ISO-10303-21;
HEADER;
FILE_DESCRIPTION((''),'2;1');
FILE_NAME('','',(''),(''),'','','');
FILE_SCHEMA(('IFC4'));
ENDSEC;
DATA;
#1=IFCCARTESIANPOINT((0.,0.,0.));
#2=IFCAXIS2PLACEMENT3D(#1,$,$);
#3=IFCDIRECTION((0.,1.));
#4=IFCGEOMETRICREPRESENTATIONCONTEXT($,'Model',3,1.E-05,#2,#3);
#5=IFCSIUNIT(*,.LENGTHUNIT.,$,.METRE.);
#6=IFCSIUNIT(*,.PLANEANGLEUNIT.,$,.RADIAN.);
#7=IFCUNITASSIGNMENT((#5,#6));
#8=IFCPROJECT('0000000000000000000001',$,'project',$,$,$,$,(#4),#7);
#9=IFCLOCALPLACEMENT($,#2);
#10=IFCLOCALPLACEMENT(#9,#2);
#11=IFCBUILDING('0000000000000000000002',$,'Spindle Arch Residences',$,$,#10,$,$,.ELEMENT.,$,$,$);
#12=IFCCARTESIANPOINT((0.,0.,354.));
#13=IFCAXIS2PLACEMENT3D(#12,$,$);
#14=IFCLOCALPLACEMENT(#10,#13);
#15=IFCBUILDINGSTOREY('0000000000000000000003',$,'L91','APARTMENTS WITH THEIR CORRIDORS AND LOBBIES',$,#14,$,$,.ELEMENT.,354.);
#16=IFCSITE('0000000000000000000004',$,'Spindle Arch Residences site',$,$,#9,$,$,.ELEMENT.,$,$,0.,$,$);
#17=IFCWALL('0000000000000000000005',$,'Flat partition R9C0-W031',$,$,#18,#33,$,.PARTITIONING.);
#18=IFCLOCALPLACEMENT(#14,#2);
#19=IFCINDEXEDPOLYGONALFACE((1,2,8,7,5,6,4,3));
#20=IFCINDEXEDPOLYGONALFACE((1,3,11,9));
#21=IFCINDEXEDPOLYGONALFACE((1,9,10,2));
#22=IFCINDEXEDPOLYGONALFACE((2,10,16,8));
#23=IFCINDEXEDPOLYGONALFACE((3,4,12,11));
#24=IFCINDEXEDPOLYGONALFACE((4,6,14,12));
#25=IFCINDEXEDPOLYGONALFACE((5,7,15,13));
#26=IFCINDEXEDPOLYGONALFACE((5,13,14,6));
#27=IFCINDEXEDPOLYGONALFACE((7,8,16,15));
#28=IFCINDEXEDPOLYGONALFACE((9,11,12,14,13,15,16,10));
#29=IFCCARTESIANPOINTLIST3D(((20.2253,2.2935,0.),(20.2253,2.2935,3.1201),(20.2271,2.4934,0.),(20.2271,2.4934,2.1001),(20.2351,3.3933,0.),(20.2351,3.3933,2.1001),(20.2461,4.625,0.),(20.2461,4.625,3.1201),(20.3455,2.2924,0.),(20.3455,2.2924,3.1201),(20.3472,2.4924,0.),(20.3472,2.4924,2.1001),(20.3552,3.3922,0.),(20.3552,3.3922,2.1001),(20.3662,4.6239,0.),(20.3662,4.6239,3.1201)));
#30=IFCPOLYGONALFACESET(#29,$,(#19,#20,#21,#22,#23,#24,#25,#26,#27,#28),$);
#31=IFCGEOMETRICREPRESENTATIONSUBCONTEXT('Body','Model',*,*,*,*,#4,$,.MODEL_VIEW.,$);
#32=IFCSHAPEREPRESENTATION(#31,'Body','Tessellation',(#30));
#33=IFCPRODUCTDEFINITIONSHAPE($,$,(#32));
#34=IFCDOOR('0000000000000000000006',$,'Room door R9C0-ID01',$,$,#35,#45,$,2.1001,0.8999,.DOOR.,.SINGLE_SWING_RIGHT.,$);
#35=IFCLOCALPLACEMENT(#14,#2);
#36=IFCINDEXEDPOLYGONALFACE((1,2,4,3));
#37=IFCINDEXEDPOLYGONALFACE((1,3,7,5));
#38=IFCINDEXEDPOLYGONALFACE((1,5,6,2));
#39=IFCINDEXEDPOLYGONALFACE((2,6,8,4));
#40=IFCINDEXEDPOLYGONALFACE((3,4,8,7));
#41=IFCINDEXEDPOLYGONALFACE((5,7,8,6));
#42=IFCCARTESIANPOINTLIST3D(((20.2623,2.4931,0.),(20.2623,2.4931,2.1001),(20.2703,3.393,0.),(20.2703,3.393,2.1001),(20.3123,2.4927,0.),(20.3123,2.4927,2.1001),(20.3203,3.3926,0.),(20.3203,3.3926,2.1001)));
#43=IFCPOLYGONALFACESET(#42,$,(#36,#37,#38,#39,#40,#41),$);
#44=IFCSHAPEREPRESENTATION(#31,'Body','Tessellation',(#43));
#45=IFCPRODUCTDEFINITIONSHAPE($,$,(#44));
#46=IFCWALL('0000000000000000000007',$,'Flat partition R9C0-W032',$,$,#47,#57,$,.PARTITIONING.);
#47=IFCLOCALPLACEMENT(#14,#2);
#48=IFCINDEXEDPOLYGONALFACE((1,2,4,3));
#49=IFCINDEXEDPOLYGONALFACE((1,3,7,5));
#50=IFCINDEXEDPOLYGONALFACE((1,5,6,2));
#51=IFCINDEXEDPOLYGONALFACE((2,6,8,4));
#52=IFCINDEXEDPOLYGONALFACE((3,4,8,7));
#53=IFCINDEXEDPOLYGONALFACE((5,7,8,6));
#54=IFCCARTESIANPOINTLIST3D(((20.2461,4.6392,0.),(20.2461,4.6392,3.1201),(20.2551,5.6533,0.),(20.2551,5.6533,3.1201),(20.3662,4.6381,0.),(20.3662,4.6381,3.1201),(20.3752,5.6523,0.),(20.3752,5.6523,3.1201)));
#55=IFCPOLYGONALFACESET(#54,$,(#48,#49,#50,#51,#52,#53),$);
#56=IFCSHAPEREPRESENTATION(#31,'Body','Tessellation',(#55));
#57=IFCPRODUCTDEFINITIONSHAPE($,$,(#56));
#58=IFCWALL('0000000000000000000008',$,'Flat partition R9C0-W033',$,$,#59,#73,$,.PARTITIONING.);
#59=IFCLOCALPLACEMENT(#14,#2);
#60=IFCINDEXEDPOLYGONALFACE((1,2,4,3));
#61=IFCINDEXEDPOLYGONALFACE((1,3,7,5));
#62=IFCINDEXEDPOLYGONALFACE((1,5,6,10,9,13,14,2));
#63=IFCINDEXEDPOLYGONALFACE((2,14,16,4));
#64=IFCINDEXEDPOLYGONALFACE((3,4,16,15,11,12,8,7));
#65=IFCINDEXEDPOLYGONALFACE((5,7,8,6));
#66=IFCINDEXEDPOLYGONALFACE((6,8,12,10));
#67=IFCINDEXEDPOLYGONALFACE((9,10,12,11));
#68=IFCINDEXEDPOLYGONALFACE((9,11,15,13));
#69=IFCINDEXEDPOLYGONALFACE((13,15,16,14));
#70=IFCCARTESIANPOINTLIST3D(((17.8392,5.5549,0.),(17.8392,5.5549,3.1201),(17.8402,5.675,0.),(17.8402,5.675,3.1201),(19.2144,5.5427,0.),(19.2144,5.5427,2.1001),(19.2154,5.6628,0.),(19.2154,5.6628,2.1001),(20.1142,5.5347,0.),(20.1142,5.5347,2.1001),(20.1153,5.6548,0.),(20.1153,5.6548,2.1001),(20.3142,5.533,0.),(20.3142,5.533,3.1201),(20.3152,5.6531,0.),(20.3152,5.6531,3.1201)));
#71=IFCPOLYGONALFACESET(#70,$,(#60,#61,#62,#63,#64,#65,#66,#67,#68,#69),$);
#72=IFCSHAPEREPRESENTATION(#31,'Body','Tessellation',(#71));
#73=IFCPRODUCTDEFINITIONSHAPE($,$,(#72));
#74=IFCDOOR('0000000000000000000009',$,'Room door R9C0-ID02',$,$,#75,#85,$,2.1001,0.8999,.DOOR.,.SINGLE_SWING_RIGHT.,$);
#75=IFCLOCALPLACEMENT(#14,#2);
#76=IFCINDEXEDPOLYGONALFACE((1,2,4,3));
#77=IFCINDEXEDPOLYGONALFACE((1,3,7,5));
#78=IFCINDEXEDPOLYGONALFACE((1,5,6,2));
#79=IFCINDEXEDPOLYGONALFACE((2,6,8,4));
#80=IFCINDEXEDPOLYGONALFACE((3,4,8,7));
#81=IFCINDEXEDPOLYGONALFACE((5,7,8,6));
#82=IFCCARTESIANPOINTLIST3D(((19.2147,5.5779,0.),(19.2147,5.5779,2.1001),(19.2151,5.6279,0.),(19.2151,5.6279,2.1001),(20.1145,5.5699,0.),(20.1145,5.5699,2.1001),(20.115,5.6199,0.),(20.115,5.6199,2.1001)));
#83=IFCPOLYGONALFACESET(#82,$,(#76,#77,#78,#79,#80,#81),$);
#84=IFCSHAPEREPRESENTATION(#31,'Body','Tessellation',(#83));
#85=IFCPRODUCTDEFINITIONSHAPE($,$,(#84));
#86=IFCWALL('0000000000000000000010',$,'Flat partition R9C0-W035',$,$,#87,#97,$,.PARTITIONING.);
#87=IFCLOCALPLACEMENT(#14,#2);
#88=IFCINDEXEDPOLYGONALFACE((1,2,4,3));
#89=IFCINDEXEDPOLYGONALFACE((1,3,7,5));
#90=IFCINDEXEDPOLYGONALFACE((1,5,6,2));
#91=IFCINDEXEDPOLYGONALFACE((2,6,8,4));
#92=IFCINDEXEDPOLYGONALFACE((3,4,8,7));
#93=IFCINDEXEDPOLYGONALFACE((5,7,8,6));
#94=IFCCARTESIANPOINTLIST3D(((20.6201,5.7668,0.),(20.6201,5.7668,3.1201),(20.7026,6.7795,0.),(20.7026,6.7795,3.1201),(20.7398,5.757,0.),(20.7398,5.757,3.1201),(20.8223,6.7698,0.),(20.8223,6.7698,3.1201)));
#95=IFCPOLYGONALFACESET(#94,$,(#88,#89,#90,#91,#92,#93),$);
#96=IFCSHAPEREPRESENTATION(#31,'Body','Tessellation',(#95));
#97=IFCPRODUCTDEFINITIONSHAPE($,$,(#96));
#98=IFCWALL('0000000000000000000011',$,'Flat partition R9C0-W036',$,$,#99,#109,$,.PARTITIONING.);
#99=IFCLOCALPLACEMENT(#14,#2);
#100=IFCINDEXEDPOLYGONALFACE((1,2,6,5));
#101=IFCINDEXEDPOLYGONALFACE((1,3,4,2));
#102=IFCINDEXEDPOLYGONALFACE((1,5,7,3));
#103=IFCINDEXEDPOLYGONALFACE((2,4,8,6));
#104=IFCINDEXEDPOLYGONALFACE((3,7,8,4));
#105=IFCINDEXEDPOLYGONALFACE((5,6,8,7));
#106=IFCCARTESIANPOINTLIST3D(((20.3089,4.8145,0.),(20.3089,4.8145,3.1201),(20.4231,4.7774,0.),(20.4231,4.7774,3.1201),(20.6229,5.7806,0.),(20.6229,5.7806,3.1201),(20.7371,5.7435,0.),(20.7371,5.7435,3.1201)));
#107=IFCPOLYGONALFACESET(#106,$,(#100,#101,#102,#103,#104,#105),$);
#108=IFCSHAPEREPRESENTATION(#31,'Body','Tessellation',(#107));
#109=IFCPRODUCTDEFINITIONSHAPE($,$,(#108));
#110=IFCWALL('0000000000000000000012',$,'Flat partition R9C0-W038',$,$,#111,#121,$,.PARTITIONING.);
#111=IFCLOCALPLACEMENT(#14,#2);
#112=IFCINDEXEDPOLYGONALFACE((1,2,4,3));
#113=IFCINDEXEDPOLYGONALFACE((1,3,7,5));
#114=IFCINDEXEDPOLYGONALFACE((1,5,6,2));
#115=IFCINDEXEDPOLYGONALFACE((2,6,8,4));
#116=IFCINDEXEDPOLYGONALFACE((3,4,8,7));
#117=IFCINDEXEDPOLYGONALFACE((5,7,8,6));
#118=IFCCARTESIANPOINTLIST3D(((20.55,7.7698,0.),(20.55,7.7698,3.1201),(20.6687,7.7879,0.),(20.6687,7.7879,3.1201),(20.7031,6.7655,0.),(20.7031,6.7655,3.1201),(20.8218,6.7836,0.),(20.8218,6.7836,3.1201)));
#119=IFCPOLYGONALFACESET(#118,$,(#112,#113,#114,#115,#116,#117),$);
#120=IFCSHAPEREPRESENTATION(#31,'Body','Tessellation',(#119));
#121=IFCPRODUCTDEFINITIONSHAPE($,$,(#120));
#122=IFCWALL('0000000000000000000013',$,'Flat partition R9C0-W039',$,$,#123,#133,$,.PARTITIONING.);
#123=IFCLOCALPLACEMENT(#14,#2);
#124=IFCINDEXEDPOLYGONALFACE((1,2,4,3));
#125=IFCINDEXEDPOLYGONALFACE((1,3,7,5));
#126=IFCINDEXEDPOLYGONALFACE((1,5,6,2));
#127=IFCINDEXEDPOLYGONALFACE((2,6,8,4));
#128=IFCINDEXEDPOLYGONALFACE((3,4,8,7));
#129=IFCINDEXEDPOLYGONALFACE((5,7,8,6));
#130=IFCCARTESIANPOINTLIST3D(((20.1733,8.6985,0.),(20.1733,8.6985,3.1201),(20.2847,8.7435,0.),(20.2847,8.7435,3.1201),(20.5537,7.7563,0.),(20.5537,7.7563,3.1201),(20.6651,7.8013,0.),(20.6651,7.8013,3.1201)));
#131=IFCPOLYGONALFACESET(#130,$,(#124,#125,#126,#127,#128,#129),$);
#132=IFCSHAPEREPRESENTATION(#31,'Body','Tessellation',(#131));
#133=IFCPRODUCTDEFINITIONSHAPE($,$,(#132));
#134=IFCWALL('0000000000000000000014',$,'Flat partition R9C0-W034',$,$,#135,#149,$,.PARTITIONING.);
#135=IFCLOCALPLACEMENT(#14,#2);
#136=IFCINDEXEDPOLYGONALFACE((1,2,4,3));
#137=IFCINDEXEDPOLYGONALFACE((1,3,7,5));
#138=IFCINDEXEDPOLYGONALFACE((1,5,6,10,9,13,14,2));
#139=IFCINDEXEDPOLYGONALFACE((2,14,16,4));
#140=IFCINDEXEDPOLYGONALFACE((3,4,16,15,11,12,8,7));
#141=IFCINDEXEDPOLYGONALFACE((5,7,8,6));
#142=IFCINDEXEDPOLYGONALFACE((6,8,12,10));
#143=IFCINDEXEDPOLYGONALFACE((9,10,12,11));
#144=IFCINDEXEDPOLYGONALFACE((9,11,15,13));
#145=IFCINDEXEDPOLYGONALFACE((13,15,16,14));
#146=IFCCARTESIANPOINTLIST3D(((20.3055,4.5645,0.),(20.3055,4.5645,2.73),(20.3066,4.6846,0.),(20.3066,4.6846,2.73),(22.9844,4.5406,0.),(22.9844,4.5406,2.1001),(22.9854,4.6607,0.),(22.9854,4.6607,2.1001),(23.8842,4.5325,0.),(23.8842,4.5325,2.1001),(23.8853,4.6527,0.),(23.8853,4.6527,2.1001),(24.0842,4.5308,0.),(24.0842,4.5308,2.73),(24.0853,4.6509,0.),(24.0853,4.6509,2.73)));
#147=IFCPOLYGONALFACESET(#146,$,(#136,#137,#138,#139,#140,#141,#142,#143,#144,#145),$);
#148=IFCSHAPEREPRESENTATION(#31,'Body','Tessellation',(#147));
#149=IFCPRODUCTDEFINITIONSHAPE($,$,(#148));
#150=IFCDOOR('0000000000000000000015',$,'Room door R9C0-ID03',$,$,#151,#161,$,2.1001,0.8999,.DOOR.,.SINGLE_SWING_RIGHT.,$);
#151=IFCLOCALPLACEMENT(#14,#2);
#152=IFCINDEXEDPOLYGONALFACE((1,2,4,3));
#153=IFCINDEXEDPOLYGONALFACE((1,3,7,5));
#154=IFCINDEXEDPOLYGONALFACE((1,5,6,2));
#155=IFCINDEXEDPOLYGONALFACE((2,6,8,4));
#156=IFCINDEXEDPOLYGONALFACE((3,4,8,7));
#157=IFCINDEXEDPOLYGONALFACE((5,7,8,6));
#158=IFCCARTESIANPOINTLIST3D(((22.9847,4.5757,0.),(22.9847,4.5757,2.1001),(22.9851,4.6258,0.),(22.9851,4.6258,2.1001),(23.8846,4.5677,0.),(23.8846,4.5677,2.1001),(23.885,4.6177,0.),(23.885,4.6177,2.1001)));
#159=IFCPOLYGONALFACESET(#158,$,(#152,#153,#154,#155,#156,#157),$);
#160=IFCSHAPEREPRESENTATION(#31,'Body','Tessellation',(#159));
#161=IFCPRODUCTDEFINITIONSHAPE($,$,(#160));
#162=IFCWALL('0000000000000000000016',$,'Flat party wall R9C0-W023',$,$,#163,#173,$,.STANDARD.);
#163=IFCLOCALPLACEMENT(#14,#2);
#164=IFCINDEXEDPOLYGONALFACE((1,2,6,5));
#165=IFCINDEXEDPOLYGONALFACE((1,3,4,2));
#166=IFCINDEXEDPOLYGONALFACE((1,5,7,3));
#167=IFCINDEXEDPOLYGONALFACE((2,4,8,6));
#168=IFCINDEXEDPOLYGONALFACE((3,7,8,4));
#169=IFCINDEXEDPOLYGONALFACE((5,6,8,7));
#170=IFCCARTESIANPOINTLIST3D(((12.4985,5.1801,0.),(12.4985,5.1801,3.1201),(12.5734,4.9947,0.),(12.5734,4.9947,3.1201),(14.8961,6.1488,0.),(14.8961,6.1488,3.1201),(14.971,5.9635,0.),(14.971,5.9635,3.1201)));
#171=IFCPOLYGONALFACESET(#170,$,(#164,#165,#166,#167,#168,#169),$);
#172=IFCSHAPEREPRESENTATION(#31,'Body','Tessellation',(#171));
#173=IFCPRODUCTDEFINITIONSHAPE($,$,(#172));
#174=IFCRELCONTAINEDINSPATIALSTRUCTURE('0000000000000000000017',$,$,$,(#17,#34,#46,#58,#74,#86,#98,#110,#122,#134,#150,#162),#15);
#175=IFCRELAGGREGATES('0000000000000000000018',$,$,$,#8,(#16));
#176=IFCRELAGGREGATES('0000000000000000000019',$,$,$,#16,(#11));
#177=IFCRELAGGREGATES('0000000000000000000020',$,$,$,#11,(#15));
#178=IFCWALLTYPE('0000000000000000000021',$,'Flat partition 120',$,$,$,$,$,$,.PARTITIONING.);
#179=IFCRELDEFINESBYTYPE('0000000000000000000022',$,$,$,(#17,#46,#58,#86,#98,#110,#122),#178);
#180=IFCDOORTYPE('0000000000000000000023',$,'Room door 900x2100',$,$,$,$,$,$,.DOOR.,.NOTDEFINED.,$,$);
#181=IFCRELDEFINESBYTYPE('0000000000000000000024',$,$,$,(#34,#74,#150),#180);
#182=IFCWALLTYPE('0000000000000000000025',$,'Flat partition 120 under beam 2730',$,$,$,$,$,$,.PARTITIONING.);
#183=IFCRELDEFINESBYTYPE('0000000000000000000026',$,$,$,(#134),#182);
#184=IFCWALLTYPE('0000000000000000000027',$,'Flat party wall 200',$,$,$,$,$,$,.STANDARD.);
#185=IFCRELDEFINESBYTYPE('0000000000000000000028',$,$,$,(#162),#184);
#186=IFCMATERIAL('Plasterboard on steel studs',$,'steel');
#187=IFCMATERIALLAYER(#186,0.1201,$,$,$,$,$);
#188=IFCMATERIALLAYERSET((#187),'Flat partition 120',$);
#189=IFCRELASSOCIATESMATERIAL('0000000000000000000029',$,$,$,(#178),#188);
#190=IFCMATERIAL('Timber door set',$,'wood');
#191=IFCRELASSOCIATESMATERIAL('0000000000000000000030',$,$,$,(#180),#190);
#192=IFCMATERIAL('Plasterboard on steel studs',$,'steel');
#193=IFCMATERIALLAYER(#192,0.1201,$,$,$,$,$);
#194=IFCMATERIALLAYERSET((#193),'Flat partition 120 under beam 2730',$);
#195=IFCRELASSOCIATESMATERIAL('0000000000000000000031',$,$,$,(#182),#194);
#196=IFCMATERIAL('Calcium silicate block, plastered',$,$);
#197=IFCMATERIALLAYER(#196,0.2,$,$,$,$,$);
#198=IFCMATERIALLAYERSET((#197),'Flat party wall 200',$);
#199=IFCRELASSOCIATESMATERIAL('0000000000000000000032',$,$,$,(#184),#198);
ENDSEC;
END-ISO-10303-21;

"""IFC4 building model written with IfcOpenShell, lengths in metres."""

from ifc_helpers import new_model, si_unit, direction, frame, frame_2d, origin, place, context, subcontext, project, spatial, rectangle, extrude, material, layer, layer_set, type_object, element, fill, save


model = new_model("IFC4")

# Units and contexts
model_context = context("Model", 3, precision=1e-05, world=origin(), true_north=direction((0.0, 1.0)))
body_context = subcontext(model_context, "Body", "Model", "MODEL_VIEW")
ifc_project = project(units=[si_unit("LENGTHUNIT", "METRE"), si_unit("PLANEANGLEUNIT", "RADIAN")], contexts=[model_context])

# Site, building, storey
site_placement = place(None, origin())
site = spatial("IfcSite", under=ifc_project, at=site_placement, Name="Spindle Arch Residences site", CompositionType="ELEMENT", RefElevation=0.0)
building_placement = place(site_placement, origin())
building = spatial("IfcBuilding", under=site, at=building_placement, Name="Spindle Arch Residences", CompositionType="ELEMENT")
storey_placement = place(building_placement, frame((0.0, 0.0, 354.0)))
storey = spatial("IfcBuildingStorey", under=building, at=storey_placement, Name="L91", Description="APARTMENTS WITH THEIR CORRIDORS AND LOBBIES", CompositionType="ELEMENT", Elevation=354.0)

# Shared definitions
ifc_material_1 = material(Name="Plasterboard on steel studs", Category="steel")
ifc_layer_1 = layer(ifc_material_1, 0.1201)
ifc_layer_set_1 = layer_set([ifc_layer_1], Name="Flat partition 120")
wall_type_1 = type_object("IfcWallType", Name="Flat partition 120", PredefinedType="PARTITIONING", material=ifc_layer_set_1)

# Wall, opening, door
wall_1_placement = place(storey_placement, frame((20.2854, 2.293, 0.0), z_axis=(0.0, 0.0, 1.0), x_axis=(0.0089, 0.99996, 0.0)))
wall_1 = element("IfcWall", 1, at=wall_1_placement, inside=storey, type_object=wall_type_1, Name="Flat partition R9C0-W031", PredefinedType="PARTITIONING", context=body_context, shape_type="SweptSolid", body=[
    extrude(rectangle(XDim=2.3315, YDim=0.1201, at=frame_2d((1.1658, 0.0))), origin(), (0.0, 0.0, 1.0), 3.1201),
])
opening_1_placement = place(wall_1_placement, frame((0.2, 0.0, 0.0)))
opening_1 = element("IfcOpeningElement", 2, at=opening_1_placement, cuts=wall_1, PredefinedType="OPENING", context=body_context, shape_type="SweptSolid", body=[
    extrude(rectangle(XDim=0.8999, YDim=2.1001, at=frame_2d((0.45, 1.05))), frame((0.0, 0.0701, 0.0), z_axis=(0.0, -1.0, 0.0), x_axis=(1.0, 0.0, 0.0)), (0.0, 0.0, 1.0), 0.1401),
])
ifc_material_2 = material(Name="Timber door set", Category="wood")
door_type = type_object("IfcDoorType", Name="Room door 900x2100", OperationType="NOTDEFINED", PredefinedType="DOOR", material=ifc_material_2)
door_1_placement = place(opening_1_placement, origin())
door_1 = element("IfcDoor", 3, at=door_1_placement, inside=storey, type_object=door_type, Name="Room door R9C0-ID01", OperationType="SINGLE_SWING_RIGHT", OverallHeight=2.1001, OverallWidth=0.8999, PredefinedType="DOOR", context=body_context, shape_type="SweptSolid", body=[
    extrude(rectangle(XDim=0.8999, YDim=2.1001, at=frame_2d((0.45, 1.05))), frame((0.0, 0.0249, 0.0), z_axis=(0.0, -1.0, 0.0), x_axis=(1.0, 0.0, 0.0)), (0.0, 0.0, 1.0), 0.05),
])
fill(opening_1, door_1)

# Wall
wall_2_placement = place(storey_placement, frame((20.3062, 4.6387, 0.0), z_axis=(0.0, 0.0, 1.0), x_axis=(0.008907, 0.99996, 0.0)))
element("IfcWall", 4, at=wall_2_placement, inside=storey, type_object=wall_type_1, Name="Flat partition R9C0-W032", PredefinedType="PARTITIONING", context=body_context, shape_type="SweptSolid", body=[
    extrude(rectangle(XDim=1.0142, YDim=0.1201, at=frame_2d((0.5071, 0.0))), origin(), (0.0, 0.0, 1.0), 3.1201),
])

# Wall, opening, door
wall_3_placement = place(storey_placement, frame((20.3147, 5.593, 0.0), z_axis=(0.0, 0.0, 1.0), x_axis=(-0.999961, 0.008877, 0.0)))
wall_3 = element("IfcWall", 5, at=wall_3_placement, inside=storey, type_object=wall_type_1, Name="Flat partition R9C0-W033", PredefinedType="PARTITIONING", context=body_context, shape_type="SweptSolid", body=[
    extrude(rectangle(XDim=2.4751, YDim=0.1201, at=frame_2d((1.2375, 0.0))), origin(), (0.0, 0.0, 1.0), 3.1201),
])
opening_2_placement = place(wall_3_placement, frame((0.2, 0.0, 0.0)))
opening_2 = element("IfcOpeningElement", 6, at=opening_2_placement, cuts=wall_3, PredefinedType="OPENING", context=body_context, shape_type="SweptSolid", body=[
    extrude(rectangle(XDim=0.8999, YDim=2.1001, at=frame_2d((0.45, 1.05))), frame((0.0, 0.0701, 0.0), z_axis=(0.0, -1.0, 0.0), x_axis=(1.0, 0.0, 0.0)), (0.0, 0.0, 1.0), 0.1401),
])
door_2_placement = place(opening_2_placement, origin())
door_2 = element("IfcDoor", 7, at=door_2_placement, inside=storey, type_object=door_type, Name="Room door R9C0-ID02", OperationType="SINGLE_SWING_RIGHT", OverallHeight=2.1001, OverallWidth=0.8999, PredefinedType="DOOR", context=body_context, shape_type="SweptSolid", body=[
    extrude(rectangle(XDim=0.8999, YDim=2.1001, at=frame_2d((0.45, 1.05))), frame((0.0, 0.0249, 0.0), z_axis=(0.0, -1.0, 0.0), x_axis=(1.0, 0.0, 0.0)), (0.0, 0.0, 1.0), 0.05),
])
fill(opening_2, door_2)

# Walls
wall_4_placement = place(storey_placement, frame((20.7625, 6.7747, 0.0), z_axis=(0.0, 0.0, 1.0), x_axis=(-0.081216, -0.996697, 0.0)))
element("IfcWall", 8, at=wall_4_placement, inside=storey, type_object=wall_type_1, Name="Flat partition R9C0-W035", PredefinedType="PARTITIONING", context=body_context, shape_type="SweptSolid", body=[
    extrude(rectangle(XDim=1.0161, YDim=0.1201, at=frame_2d((0.5081, 0.0))), origin(), (0.0, 0.0, 1.0), 3.1201),
])
for number, where, z_axis, x_axis, name in (
    (9, (20.6799, 5.762, 0.0), (0.0, 0.0, 1.0), (-0.309081, -0.951036, 0.0), "Flat partition R9C0-W036"),
    (10, (20.7625, 6.7747, 0.0), (0.0, 0.0, 1.0), (-0.150702, 0.988579, 0.0), "Flat partition R9C0-W038"),
):
    element("IfcWall", number, at=place(storey_placement, frame(where, z_axis=z_axis, x_axis=x_axis)), inside=storey, type_object=wall_type_1, Name=name, PredefinedType="PARTITIONING", context=body_context, shape_type="SweptSolid", body=[
        extrude(rectangle(XDim=1.0159, YDim=0.1201, at=frame_2d((0.5078, 0.0))), origin(), (0.0, 0.0, 1.0), 3.1201),
    ])
wall_5_placement = place(storey_placement, frame((20.6094, 7.7788, 0.0), z_axis=(0.0, 0.0, 1.0), x_axis=(-0.374372, 0.927279, 0.0)))
element("IfcWall", 11, at=wall_5_placement, inside=storey, type_object=wall_type_1, Name="Flat partition R9C0-W039", PredefinedType="PARTITIONING", context=body_context, shape_type="SweptSolid", body=[
    extrude(rectangle(XDim=1.0161, YDim=0.1201, at=frame_2d((0.5081, 0.0))), origin(), (0.0, 0.0, 1.0), 3.1201),
])

# Wall, opening, door
ifc_material_3 = material(Name="Plasterboard on steel studs", Category="steel")
ifc_layer_2 = layer(ifc_material_3, 0.1201)
ifc_layer_set_2 = layer_set([ifc_layer_2], Name="Flat partition 120 under beam 2730")
wall_type_2 = type_object("IfcWallType", Name="Flat partition 120 under beam 2730", PredefinedType="PARTITIONING", material=ifc_layer_set_2)
wall_6_placement = place(storey_placement, frame((24.0847, 4.5908, 0.0), z_axis=(0.0, 0.0, 1.0), x_axis=(-0.99996, 0.008916, 0.0)))
wall_6 = element("IfcWall", 12, at=wall_6_placement, inside=storey, type_object=wall_type_2, Name="Flat partition R9C0-W034", PredefinedType="PARTITIONING", context=body_context, shape_type="SweptSolid", body=[
    extrude(rectangle(XDim=3.7788, YDim=0.1201, at=frame_2d((1.8894, 0.0))), origin(), (0.0, 0.0, 1.0), 2.73),
])
opening_3_placement = place(wall_6_placement, frame((0.2, 0.0, 0.0)))
opening_3 = element("IfcOpeningElement", 13, at=opening_3_placement, cuts=wall_6, PredefinedType="OPENING", context=body_context, shape_type="SweptSolid", body=[
    extrude(rectangle(XDim=0.8999, YDim=2.1001, at=frame_2d((0.45, 1.05))), frame((0.0, 0.0701, 0.0), z_axis=(0.0, -1.0, 0.0), x_axis=(1.0, 0.0, 0.0)), (0.0, 0.0, 1.0), 0.1401),
])
door_3_placement = place(opening_3_placement, origin())
door_3 = element("IfcDoor", 14, at=door_3_placement, inside=storey, type_object=door_type, Name="Room door R9C0-ID03", OperationType="SINGLE_SWING_RIGHT", OverallHeight=2.1001, OverallWidth=0.8999, PredefinedType="DOOR", context=body_context, shape_type="SweptSolid", body=[
    extrude(rectangle(XDim=0.8999, YDim=2.1001, at=frame_2d((0.45, 1.05))), frame((0.0, 0.0249, 0.0), z_axis=(0.0, -1.0, 0.0), x_axis=(1.0, 0.0, 0.0)), (0.0, 0.0, 1.0), 0.05),
])
fill(opening_3, door_3)

# Wall
ifc_material_4 = material(Name="Calcium silicate block, plastered")
ifc_layer_3 = layer(ifc_material_4, 0.2)
ifc_layer_set_3 = layer_set([ifc_layer_3], Name="Flat party wall 200")
wall_type_3 = type_object("IfcWallType", Name="Flat party wall 200", PredefinedType="STANDARD", material=ifc_layer_set_3)
wall_7_placement = place(storey_placement, frame((14.9336, 6.0562, 0.0), z_axis=(0.0, 0.0, 1.0), x_axis=(-0.927182, -0.374611, 0.0)))
element("IfcWall", 15, at=wall_7_placement, inside=storey, type_object=wall_type_3, Name="Flat party wall R9C0-W023", PredefinedType="STANDARD", context=body_context, shape_type="SweptSolid", body=[
    extrude(rectangle(XDim=2.5859, YDim=0.2, at=frame_2d((1.293, 0.0))), origin(), (0.0, 0.0, 1.0), 3.1201),
])

save(model, "model.ifc")
